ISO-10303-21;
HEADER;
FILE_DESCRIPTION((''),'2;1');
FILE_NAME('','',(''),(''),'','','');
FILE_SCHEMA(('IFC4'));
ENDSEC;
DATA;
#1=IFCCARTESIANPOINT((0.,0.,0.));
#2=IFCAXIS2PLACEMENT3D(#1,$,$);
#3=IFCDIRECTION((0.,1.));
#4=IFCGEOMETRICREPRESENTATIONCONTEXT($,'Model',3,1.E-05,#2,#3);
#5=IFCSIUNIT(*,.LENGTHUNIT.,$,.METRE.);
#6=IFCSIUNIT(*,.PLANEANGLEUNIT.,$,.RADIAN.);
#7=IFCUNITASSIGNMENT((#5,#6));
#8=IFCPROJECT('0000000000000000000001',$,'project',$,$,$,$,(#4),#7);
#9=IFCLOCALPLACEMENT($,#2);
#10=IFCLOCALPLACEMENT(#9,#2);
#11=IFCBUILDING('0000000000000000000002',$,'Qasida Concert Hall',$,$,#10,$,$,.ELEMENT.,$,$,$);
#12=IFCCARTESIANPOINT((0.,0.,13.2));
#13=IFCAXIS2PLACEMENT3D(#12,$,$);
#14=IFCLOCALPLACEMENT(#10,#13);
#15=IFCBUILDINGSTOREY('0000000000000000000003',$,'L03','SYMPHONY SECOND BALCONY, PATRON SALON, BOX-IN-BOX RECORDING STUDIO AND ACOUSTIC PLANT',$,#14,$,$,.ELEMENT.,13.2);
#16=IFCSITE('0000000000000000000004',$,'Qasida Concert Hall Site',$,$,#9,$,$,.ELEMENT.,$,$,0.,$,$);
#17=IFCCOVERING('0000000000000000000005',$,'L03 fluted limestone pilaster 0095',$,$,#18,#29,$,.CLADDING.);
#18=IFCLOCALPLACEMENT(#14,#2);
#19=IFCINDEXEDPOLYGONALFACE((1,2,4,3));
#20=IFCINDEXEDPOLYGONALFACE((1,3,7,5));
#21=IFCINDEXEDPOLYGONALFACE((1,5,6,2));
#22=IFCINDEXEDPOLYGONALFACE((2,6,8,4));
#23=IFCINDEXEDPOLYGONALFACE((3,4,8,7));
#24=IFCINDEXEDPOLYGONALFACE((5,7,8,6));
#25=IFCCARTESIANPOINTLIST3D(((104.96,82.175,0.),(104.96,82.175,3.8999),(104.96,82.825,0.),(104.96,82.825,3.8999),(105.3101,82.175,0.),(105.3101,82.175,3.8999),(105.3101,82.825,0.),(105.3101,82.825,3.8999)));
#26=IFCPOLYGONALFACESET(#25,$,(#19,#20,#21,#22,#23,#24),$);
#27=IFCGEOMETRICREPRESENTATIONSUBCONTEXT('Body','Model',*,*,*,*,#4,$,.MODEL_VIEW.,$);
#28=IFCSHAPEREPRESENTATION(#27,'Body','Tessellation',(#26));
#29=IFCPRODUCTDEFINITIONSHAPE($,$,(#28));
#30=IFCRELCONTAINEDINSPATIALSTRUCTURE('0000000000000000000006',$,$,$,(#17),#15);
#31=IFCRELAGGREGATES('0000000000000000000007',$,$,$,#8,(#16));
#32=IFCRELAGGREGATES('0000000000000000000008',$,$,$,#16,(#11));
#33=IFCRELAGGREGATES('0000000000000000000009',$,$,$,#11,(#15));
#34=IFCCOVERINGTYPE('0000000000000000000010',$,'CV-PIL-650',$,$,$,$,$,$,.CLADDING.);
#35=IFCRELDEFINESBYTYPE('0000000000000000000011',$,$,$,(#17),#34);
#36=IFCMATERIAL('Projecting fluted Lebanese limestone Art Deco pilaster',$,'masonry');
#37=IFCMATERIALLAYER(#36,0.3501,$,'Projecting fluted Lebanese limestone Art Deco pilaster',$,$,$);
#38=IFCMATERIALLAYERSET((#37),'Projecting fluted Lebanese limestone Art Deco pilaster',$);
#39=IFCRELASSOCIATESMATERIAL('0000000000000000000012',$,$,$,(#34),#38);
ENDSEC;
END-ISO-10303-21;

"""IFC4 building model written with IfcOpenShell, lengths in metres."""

from ifc_helpers import new_model, si_unit, direction, frame, origin, origin_2d, place, context, subcontext, project, spatial, rectangle, extrude, material, layer, layer_set, type_object, element, save


model = new_model("IFC4")

# Units and contexts
model_context = context("Model", 3, precision=1e-05, world=origin(), true_north=direction((0.0, 1.0)))
body_context = subcontext(model_context, "Body", "Model", "MODEL_VIEW")
ifc_project = project(units=[si_unit("LENGTHUNIT", "METRE"), si_unit("PLANEANGLEUNIT", "RADIAN")], contexts=[model_context])

# Site, building, storey
site_placement = place(None, origin())
site = spatial("IfcSite", under=ifc_project, at=site_placement, Name="Qasida Concert Hall Site", CompositionType="ELEMENT", RefElevation=0.0)
building_placement = place(site_placement, origin())
building = spatial("IfcBuilding", under=site, at=building_placement, Name="Qasida Concert Hall", CompositionType="ELEMENT")
storey_placement = place(building_placement, frame((0.0, 0.0, 13.2)))
storey = spatial("IfcBuildingStorey", under=building, at=storey_placement, Name="L03", Description="SYMPHONY SECOND BALCONY, PATRON SALON, BOX-IN-BOX RECORDING STUDIO AND ACOUSTIC PLANT", CompositionType="ELEMENT", Elevation=13.2)

# Covering
ifc_material_1 = material(Name="Projecting fluted Lebanese limestone Art Deco pilaster", Category="masonry")
ifc_layer_1 = layer(ifc_material_1, 0.3501, Name="Projecting fluted Lebanese limestone Art Deco pilaster")
ifc_layer_set_1 = layer_set([ifc_layer_1], Name="Projecting fluted Lebanese limestone Art Deco pilaster")
covering_type = type_object("IfcCoveringType", Name="CV-PIL-650", PredefinedType="CLADDING", material=ifc_layer_set_1)
covering_placement = place(storey_placement, frame((105.135, 82.5, 0.0), z_axis=(0.0, 0.0, 1.0), x_axis=(1.0, 0.0, 0.0)))
element("IfcCovering", 1, at=covering_placement, inside=storey, type_object=covering_type, Name="L03 fluted limestone pilaster 0095", PredefinedType="CLADDING", context=body_context, shape_type="SweptSolid", body=[
    extrude(rectangle(XDim=0.3501, YDim=0.6499, at=origin_2d()), origin(), (0.0, 0.0, 1.0), 3.8999),
])

save(model, "model.ifc")
